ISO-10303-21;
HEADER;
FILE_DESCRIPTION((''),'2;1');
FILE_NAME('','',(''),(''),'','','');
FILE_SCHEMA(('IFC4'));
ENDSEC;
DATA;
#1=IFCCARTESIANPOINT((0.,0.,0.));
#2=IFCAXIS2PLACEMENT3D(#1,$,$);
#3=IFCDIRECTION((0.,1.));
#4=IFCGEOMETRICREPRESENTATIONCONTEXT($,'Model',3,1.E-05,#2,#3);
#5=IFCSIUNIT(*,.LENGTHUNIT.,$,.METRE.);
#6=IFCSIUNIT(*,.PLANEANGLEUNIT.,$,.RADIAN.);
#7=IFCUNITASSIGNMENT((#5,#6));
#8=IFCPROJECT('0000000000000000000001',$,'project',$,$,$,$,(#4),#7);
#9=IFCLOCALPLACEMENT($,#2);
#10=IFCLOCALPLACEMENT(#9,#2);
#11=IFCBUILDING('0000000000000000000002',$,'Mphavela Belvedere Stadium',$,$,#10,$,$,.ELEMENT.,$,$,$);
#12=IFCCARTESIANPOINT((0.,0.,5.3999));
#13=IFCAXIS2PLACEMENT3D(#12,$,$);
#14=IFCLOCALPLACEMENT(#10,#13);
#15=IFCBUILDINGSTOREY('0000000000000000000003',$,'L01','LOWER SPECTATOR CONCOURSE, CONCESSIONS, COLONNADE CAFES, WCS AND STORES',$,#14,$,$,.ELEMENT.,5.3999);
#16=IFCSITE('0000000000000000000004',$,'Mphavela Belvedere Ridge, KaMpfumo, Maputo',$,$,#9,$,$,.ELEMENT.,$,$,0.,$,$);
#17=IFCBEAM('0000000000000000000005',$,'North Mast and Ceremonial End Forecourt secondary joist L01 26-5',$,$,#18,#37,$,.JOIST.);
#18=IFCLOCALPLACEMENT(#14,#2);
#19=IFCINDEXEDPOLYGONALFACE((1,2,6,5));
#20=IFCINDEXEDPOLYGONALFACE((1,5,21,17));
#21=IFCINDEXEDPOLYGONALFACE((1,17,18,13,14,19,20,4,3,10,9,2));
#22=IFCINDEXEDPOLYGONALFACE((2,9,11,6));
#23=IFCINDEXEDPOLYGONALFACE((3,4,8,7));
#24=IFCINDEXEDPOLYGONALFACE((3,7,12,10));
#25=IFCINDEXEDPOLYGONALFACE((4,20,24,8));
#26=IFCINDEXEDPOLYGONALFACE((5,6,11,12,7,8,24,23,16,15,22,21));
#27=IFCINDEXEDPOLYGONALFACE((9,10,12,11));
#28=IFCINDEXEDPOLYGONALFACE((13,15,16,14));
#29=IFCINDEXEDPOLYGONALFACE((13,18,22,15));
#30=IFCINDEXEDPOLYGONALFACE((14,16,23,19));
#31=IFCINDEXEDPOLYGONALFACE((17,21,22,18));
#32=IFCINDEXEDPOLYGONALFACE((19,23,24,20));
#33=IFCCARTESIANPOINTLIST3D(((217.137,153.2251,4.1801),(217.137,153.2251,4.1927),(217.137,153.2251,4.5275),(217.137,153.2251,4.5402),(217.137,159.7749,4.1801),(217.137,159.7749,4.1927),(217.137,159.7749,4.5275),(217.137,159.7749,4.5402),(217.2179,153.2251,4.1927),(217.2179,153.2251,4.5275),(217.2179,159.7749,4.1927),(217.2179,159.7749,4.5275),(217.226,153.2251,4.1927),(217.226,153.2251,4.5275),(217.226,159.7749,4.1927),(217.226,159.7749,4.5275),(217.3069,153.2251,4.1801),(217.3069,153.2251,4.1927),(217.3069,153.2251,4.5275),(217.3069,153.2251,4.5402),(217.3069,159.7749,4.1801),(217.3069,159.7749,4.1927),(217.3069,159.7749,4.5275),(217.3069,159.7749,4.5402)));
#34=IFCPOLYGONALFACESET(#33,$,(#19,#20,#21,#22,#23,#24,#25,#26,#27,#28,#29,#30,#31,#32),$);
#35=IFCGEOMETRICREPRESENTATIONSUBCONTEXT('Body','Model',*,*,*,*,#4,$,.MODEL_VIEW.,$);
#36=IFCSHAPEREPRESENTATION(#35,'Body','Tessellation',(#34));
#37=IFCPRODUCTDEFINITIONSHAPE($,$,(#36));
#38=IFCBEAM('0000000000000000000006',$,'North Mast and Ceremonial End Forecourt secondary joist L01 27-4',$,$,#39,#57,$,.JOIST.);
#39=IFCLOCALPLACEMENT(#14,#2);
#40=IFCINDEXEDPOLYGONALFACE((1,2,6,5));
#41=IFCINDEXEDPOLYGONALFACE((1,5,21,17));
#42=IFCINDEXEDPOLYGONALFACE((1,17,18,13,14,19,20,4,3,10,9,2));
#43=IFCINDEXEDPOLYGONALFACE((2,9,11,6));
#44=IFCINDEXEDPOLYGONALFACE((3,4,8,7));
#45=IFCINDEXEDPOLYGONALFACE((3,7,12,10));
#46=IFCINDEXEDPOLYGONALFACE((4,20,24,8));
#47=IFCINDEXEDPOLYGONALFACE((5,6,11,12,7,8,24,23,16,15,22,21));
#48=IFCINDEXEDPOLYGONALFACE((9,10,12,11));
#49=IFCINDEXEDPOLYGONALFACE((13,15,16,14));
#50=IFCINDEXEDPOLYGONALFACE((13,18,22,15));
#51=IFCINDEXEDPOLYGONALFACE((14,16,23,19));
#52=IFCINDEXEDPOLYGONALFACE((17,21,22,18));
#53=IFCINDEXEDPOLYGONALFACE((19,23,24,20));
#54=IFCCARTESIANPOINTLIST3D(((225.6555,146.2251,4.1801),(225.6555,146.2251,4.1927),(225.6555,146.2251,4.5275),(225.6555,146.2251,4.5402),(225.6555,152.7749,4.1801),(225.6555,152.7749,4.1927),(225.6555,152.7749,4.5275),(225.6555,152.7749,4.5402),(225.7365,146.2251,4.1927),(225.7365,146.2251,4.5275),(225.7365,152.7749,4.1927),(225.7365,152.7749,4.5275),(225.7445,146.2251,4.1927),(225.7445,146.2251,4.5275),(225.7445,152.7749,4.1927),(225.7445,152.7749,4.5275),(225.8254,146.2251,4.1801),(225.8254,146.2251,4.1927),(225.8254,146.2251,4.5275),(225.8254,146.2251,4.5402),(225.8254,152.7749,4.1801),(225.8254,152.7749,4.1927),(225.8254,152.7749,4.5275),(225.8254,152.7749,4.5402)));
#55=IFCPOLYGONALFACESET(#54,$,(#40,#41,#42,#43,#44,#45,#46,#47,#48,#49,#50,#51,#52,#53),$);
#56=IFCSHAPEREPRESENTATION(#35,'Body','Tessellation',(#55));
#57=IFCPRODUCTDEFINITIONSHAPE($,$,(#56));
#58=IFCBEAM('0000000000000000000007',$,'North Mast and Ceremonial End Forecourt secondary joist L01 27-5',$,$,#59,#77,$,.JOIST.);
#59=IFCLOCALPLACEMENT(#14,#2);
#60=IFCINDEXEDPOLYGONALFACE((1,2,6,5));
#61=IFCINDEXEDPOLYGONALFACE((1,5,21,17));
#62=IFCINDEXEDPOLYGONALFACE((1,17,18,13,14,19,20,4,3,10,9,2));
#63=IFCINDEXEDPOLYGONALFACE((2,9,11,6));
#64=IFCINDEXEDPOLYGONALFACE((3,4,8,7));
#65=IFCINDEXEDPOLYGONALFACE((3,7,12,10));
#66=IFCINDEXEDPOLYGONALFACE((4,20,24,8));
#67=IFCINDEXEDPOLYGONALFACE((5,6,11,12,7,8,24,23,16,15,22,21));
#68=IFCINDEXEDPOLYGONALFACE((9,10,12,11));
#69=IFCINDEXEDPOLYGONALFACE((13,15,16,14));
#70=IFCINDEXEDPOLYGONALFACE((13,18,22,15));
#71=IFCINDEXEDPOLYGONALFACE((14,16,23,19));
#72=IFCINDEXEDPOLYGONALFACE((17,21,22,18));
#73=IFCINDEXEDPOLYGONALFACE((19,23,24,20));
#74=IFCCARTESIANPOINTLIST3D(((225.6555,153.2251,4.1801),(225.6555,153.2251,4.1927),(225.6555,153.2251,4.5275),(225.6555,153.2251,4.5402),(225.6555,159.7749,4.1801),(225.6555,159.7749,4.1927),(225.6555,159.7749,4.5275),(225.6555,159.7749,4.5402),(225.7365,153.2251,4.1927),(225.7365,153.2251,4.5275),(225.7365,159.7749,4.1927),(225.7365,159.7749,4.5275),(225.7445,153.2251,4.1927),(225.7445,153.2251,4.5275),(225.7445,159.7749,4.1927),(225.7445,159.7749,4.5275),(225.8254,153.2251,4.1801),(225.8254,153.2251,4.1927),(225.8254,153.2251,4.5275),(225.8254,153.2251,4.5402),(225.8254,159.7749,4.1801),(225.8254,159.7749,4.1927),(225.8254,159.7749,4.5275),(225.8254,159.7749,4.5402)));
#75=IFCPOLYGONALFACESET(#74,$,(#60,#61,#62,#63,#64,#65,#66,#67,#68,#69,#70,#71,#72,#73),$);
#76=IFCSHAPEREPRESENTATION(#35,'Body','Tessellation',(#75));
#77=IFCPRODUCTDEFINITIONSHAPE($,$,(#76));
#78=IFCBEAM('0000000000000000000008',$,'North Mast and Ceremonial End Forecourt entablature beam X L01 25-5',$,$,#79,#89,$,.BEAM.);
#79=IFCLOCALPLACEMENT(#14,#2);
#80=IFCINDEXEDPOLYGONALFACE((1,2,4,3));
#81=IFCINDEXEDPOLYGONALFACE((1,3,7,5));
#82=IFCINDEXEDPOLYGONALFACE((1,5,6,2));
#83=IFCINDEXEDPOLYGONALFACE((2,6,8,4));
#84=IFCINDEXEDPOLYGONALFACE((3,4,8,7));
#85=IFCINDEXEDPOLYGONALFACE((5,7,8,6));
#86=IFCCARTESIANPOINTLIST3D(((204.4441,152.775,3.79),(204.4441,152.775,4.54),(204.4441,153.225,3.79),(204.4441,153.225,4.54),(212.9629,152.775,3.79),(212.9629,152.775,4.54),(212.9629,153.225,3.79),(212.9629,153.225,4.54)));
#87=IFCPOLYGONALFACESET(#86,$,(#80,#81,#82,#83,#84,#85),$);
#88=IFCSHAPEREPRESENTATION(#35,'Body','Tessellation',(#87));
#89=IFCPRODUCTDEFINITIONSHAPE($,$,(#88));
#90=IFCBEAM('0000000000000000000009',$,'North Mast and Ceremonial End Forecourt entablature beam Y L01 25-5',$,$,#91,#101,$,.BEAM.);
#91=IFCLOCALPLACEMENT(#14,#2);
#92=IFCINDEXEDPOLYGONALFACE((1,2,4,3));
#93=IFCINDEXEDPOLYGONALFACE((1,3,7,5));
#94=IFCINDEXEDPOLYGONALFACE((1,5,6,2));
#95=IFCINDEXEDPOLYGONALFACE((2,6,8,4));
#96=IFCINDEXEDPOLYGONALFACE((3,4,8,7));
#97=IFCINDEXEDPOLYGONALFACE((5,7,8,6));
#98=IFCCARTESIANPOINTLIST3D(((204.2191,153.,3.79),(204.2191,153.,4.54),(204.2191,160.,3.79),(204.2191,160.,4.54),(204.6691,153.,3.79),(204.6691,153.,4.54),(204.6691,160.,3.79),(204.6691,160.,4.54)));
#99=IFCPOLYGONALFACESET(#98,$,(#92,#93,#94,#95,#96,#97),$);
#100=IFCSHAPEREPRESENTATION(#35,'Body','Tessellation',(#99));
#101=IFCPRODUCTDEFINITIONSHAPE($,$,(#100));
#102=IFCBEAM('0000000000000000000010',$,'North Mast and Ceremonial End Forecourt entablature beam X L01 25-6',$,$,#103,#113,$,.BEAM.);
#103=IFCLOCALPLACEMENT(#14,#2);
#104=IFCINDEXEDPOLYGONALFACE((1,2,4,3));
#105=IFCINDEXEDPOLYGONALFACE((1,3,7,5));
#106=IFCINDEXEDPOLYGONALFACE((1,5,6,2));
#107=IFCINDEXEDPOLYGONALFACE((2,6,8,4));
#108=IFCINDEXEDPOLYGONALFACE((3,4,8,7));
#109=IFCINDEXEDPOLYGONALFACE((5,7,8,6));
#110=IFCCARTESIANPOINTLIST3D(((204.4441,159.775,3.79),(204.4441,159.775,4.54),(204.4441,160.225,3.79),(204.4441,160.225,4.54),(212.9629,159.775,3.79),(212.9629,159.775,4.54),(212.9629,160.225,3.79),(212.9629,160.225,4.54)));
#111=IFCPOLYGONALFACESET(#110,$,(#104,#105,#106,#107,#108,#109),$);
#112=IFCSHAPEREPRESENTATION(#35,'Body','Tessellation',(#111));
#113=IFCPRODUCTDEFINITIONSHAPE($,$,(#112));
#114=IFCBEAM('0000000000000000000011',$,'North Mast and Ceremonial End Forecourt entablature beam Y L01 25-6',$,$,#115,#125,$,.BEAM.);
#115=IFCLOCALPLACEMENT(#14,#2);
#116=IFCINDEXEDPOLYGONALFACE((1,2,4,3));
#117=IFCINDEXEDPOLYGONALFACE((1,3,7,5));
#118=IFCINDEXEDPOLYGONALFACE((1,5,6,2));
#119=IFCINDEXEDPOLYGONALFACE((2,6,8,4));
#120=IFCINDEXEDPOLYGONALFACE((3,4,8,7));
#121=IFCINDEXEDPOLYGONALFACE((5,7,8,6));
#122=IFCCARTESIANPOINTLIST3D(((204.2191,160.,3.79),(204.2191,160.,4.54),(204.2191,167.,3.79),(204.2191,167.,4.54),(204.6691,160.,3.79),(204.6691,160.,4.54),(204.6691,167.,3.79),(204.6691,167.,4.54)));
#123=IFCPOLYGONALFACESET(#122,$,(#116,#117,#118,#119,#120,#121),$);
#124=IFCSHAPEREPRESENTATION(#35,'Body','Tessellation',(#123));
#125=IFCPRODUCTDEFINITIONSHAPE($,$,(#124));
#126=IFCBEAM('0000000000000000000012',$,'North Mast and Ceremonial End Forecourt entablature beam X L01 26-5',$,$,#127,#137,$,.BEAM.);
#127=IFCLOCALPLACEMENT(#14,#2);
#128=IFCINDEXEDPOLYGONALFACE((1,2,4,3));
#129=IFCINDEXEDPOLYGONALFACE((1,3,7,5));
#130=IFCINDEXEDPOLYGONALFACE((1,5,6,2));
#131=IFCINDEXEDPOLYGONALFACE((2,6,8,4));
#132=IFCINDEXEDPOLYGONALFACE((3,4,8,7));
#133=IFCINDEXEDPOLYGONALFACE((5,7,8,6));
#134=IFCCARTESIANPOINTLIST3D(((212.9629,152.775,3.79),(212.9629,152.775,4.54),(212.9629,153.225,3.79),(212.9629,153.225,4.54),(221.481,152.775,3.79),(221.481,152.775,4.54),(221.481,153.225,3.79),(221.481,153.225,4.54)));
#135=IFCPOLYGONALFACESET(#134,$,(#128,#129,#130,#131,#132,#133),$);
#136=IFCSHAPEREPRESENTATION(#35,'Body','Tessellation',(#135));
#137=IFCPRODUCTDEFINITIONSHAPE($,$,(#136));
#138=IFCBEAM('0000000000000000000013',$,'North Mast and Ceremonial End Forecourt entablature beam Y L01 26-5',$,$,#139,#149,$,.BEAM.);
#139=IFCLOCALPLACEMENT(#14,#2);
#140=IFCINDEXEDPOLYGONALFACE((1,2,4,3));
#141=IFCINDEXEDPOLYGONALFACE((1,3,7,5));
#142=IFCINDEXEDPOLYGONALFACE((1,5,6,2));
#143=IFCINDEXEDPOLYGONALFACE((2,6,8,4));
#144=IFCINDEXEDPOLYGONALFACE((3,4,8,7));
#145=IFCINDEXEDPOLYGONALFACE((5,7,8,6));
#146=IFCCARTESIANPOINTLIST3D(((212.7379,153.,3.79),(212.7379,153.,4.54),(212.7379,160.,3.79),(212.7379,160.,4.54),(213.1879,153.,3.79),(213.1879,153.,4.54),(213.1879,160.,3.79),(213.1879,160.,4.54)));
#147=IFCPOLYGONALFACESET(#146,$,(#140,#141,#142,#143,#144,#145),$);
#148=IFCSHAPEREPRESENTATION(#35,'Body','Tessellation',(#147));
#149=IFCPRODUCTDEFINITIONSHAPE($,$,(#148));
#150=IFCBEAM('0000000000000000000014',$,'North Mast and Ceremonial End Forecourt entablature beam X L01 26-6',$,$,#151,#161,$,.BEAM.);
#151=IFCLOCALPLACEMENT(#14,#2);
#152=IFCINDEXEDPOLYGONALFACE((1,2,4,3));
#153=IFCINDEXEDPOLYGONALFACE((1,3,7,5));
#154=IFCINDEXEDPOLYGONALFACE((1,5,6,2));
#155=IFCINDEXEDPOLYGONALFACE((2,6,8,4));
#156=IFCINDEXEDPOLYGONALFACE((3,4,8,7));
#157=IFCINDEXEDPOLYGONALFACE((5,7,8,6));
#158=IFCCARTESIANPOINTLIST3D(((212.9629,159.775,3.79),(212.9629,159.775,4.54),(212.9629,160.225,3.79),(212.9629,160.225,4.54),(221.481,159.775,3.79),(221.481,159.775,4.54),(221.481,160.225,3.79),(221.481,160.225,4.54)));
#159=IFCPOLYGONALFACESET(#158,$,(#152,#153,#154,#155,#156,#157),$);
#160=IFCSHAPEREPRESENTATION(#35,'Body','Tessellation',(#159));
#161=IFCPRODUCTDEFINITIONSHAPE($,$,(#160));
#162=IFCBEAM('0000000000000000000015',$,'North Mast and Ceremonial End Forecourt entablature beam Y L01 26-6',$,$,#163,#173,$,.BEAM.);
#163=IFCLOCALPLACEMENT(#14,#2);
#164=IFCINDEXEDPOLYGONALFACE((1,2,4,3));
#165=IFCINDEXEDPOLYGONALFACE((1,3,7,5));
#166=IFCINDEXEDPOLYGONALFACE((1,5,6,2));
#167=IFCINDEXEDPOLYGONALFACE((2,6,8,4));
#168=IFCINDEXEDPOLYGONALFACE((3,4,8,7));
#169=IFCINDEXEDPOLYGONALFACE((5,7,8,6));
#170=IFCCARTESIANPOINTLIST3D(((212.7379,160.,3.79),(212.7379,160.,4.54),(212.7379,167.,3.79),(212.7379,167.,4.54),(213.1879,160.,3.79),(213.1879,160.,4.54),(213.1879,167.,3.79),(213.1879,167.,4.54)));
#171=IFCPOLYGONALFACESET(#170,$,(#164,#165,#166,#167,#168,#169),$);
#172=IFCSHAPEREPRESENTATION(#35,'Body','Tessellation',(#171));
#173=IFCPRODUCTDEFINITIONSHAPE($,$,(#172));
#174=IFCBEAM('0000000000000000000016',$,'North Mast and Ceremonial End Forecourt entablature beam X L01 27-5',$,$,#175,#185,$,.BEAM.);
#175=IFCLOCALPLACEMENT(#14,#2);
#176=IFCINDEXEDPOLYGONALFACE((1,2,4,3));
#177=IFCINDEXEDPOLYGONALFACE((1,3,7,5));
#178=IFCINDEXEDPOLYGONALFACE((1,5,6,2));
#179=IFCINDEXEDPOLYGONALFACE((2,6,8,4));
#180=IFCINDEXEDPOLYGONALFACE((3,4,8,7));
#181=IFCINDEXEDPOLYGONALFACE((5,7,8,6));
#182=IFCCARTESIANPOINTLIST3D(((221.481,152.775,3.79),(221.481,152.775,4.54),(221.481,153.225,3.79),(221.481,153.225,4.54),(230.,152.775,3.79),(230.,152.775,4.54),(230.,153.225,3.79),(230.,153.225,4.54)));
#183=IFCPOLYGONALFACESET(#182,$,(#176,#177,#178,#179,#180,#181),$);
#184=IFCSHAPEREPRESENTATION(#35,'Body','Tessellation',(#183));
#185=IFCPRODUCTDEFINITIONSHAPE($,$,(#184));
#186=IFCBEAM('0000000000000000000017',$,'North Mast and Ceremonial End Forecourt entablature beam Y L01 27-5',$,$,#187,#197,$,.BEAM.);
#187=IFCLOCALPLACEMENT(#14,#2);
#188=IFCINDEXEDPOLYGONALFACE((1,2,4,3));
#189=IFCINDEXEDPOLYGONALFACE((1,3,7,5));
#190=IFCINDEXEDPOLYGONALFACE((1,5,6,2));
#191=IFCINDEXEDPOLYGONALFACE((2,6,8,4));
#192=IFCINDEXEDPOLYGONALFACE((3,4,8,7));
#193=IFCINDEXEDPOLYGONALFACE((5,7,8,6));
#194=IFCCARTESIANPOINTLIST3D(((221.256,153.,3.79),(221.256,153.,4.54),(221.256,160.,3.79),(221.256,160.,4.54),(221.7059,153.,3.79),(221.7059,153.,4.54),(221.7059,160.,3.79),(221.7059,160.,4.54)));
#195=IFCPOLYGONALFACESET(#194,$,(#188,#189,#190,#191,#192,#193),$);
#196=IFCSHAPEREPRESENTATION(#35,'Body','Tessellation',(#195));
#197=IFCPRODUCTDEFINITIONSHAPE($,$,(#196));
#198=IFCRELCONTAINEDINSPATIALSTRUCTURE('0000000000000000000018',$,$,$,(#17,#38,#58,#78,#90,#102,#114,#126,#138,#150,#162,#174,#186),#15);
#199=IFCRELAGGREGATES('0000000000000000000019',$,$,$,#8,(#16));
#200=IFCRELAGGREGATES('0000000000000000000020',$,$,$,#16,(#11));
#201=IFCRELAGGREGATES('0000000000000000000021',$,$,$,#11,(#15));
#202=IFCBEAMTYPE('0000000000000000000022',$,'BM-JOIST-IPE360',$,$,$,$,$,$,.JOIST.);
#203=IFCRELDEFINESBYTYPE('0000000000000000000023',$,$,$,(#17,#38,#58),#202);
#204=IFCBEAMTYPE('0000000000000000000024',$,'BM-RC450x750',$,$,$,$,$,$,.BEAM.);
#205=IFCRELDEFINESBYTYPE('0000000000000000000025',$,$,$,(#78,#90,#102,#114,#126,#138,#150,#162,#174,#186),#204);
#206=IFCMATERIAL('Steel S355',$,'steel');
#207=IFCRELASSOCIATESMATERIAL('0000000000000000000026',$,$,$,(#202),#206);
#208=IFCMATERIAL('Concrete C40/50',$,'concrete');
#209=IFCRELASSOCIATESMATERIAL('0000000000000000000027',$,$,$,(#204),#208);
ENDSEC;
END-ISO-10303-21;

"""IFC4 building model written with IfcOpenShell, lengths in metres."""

from ifc_helpers import new_model, si_unit, direction, frame, origin, origin_2d, place, context, subcontext, project, spatial, rectangle, i_section, extrude, material, material_profile, profile_set, type_object, element, save


model = new_model("IFC4")

# Units and contexts
model_context = context("Model", 3, precision=1e-05, world=origin(), true_north=direction((0.0, 1.0)))
body_context = subcontext(model_context, "Body", "Model", "MODEL_VIEW")
ifc_project = project(units=[si_unit("LENGTHUNIT", "METRE"), si_unit("PLANEANGLEUNIT", "RADIAN")], contexts=[model_context])

# Site, building, storey
site_placement = place(None, origin())
site = spatial("IfcSite", under=ifc_project, at=site_placement, Name="Mphavela Belvedere Ridge, KaMpfumo, Maputo", CompositionType="ELEMENT", RefElevation=0.0)
building_placement = place(site_placement, origin())
building = spatial("IfcBuilding", under=site, at=building_placement, Name="Mphavela Belvedere Stadium", CompositionType="ELEMENT")
storey_placement = place(building_placement, frame((0.0, 0.0, 5.3999)))
storey = spatial("IfcBuildingStorey", under=building, at=storey_placement, Name="L01", Description="LOWER SPECTATOR CONCOURSE, CONCESSIONS, COLONNADE CAFES, WCS AND STORES", CompositionType="ELEMENT", Elevation=5.3999)

# Beams
ifc_material_1 = material(Name="Steel S355", Category="steel")
ifc_material_profile_1 = material_profile(ifc_material_1, i_section(OverallWidth=0.1699, OverallDepth=0.3601, WebThickness=0.0081, FlangeThickness=0.0127, at=origin_2d()), Name="IPE 360")
ifc_profile_set_1 = profile_set([ifc_material_profile_1], Name="Steel S355")
beam_type_1 = type_object("IfcBeamType", Name="BM-JOIST-IPE360", PredefinedType="JOIST", material=ifc_profile_set_1)
for number, where, z_axis, x_axis, name in (
    (1, (217.2219, 153.2251, 4.3601), (0.0, 1.0, 0.0), (-1.0, 0.0, 0.0), "North Mast and Ceremonial End Forecourt secondary joist L01 26-5"),
    (2, (225.7405, 146.2251, 4.3601), (0.0, 1.0, 0.0), (-1.0, 0.0, 0.0), "North Mast and Ceremonial End Forecourt secondary joist L01 27-4"),
    (3, (225.7405, 153.2251, 4.3601), (0.0, 1.0, 0.0), (-1.0, 0.0, 0.0), "North Mast and Ceremonial End Forecourt secondary joist L01 27-5"),
):
    element("IfcBeam", number, at=place(storey_placement, frame(where, z_axis=z_axis, x_axis=x_axis)), inside=storey, type_object=beam_type_1, Name=name, PredefinedType="JOIST", context=body_context, shape_type="SweptSolid", body=[
        extrude(i_section(OverallWidth=0.1699, OverallDepth=0.3601, WebThickness=0.0081, FlangeThickness=0.0127, at=origin_2d()), origin(), (0.0, 0.0, 1.0), 6.5498),
    ])
ifc_material_2 = material(Name="Concrete C40/50", Category="concrete")
ifc_material_profile_2 = material_profile(ifc_material_2, rectangle(XDim=0.45, YDim=0.75, at=origin_2d()), Name="RC 450x750")
ifc_profile_set_2 = profile_set([ifc_material_profile_2], Name="Concrete C40/50")
beam_type_2 = type_object("IfcBeamType", Name="BM-RC450x750", PredefinedType="BEAM", material=ifc_profile_set_2)
beam_1_placement = place(storey_placement, frame((204.4441, 153.0, 4.165), z_axis=(1.0, 0.0, 0.0), x_axis=(0.0, 1.0, 0.0)))
element("IfcBeam", 4, at=beam_1_placement, inside=storey, type_object=beam_type_2, Name="North Mast and Ceremonial End Forecourt entablature beam X L01 25-5", PredefinedType="BEAM", context=body_context, shape_type="SweptSolid", body=[
    extrude(rectangle(XDim=0.45, YDim=0.75, at=origin_2d()), origin(), (0.0, 0.0, 1.0), 8.5188),
])
beam_2_placement = place(storey_placement, frame((204.4441, 153.0, 4.165), z_axis=(0.0, 1.0, 0.0), x_axis=(-1.0, 0.0, 0.0)))
element("IfcBeam", 5, at=beam_2_placement, inside=storey, type_object=beam_type_2, Name="North Mast and Ceremonial End Forecourt entablature beam Y L01 25-5", PredefinedType="BEAM", context=body_context, shape_type="SweptSolid", body=[
    extrude(rectangle(XDim=0.45, YDim=0.75, at=origin_2d()), origin(), (0.0, 0.0, 1.0), 7.0),
])
beam_3_placement = place(storey_placement, frame((204.4441, 160.0, 4.165), z_axis=(1.0, 0.0, 0.0), x_axis=(0.0, 1.0, 0.0)))
element("IfcBeam", 6, at=beam_3_placement, inside=storey, type_object=beam_type_2, Name="North Mast and Ceremonial End Forecourt entablature beam X L01 25-6", PredefinedType="BEAM", context=body_context, shape_type="SweptSolid", body=[
    extrude(rectangle(XDim=0.45, YDim=0.75, at=origin_2d()), origin(), (0.0, 0.0, 1.0), 8.5188),
])
beam_4_placement = place(storey_placement, frame((204.4441, 160.0, 4.165), z_axis=(0.0, 1.0, 0.0), x_axis=(-1.0, 0.0, 0.0)))
element("IfcBeam", 7, at=beam_4_placement, inside=storey, type_object=beam_type_2, Name="North Mast and Ceremonial End Forecourt entablature beam Y L01 25-6", PredefinedType="BEAM", context=body_context, shape_type="SweptSolid", body=[
    extrude(rectangle(XDim=0.45, YDim=0.75, at=origin_2d()), origin(), (0.0, 0.0, 1.0), 7.0),
])
beam_5_placement = place(storey_placement, frame((212.9629, 153.0, 4.165), z_axis=(1.0, 0.0, 0.0), x_axis=(0.0, 1.0, 0.0)))
element("IfcBeam", 8, at=beam_5_placement, inside=storey, type_object=beam_type_2, Name="North Mast and Ceremonial End Forecourt entablature beam X L01 26-5", PredefinedType="BEAM", context=body_context, shape_type="SweptSolid", body=[
    extrude(rectangle(XDim=0.45, YDim=0.75, at=origin_2d()), origin(), (0.0, 0.0, 1.0), 8.5181),
])
beam_6_placement = place(storey_placement, frame((212.9629, 153.0, 4.165), z_axis=(0.0, 1.0, 0.0), x_axis=(-1.0, 0.0, 0.0)))
element("IfcBeam", 9, at=beam_6_placement, inside=storey, type_object=beam_type_2, Name="North Mast and Ceremonial End Forecourt entablature beam Y L01 26-5", PredefinedType="BEAM", context=body_context, shape_type="SweptSolid", body=[
    extrude(rectangle(XDim=0.45, YDim=0.75, at=origin_2d()), origin(), (0.0, 0.0, 1.0), 7.0),
])
beam_7_placement = place(storey_placement, frame((212.9629, 160.0, 4.165), z_axis=(1.0, 0.0, 0.0), x_axis=(0.0, 1.0, 0.0)))
element("IfcBeam", 10, at=beam_7_placement, inside=storey, type_object=beam_type_2, Name="North Mast and Ceremonial End Forecourt entablature beam X L01 26-6", PredefinedType="BEAM", context=body_context, shape_type="SweptSolid", body=[
    extrude(rectangle(XDim=0.45, YDim=0.75, at=origin_2d()), origin(), (0.0, 0.0, 1.0), 8.5181),
])
beam_8_placement = place(storey_placement, frame((212.9629, 160.0, 4.165), z_axis=(0.0, 1.0, 0.0), x_axis=(-1.0, 0.0, 0.0)))
element("IfcBeam", 11, at=beam_8_placement, inside=storey, type_object=beam_type_2, Name="North Mast and Ceremonial End Forecourt entablature beam Y L01 26-6", PredefinedType="BEAM", context=body_context, shape_type="SweptSolid", body=[
    extrude(rectangle(XDim=0.45, YDim=0.75, at=origin_2d()), origin(), (0.0, 0.0, 1.0), 7.0),
])
beam_9_placement = place(storey_placement, frame((221.481, 153.0, 4.165), z_axis=(1.0, 0.0, 0.0), x_axis=(0.0, 1.0, 0.0)))
element("IfcBeam", 12, at=beam_9_placement, inside=storey, type_object=beam_type_2, Name="North Mast and Ceremonial End Forecourt entablature beam X L01 27-5", PredefinedType="BEAM", context=body_context, shape_type="SweptSolid", body=[
    extrude(rectangle(XDim=0.45, YDim=0.75, at=origin_2d()), origin(), (0.0, 0.0, 1.0), 8.519),
])
beam_10_placement = place(storey_placement, frame((221.481, 153.0, 4.165), z_axis=(0.0, 1.0, 0.0), x_axis=(-1.0, 0.0, 0.0)))
element("IfcBeam", 13, at=beam_10_placement, inside=storey, type_object=beam_type_2, Name="North Mast and Ceremonial End Forecourt entablature beam Y L01 27-5", PredefinedType="BEAM", context=body_context, shape_type="SweptSolid", body=[
    extrude(rectangle(XDim=0.45, YDim=0.75, at=origin_2d()), origin(), (0.0, 0.0, 1.0), 7.0),
])

save(model, "model.ifc")
